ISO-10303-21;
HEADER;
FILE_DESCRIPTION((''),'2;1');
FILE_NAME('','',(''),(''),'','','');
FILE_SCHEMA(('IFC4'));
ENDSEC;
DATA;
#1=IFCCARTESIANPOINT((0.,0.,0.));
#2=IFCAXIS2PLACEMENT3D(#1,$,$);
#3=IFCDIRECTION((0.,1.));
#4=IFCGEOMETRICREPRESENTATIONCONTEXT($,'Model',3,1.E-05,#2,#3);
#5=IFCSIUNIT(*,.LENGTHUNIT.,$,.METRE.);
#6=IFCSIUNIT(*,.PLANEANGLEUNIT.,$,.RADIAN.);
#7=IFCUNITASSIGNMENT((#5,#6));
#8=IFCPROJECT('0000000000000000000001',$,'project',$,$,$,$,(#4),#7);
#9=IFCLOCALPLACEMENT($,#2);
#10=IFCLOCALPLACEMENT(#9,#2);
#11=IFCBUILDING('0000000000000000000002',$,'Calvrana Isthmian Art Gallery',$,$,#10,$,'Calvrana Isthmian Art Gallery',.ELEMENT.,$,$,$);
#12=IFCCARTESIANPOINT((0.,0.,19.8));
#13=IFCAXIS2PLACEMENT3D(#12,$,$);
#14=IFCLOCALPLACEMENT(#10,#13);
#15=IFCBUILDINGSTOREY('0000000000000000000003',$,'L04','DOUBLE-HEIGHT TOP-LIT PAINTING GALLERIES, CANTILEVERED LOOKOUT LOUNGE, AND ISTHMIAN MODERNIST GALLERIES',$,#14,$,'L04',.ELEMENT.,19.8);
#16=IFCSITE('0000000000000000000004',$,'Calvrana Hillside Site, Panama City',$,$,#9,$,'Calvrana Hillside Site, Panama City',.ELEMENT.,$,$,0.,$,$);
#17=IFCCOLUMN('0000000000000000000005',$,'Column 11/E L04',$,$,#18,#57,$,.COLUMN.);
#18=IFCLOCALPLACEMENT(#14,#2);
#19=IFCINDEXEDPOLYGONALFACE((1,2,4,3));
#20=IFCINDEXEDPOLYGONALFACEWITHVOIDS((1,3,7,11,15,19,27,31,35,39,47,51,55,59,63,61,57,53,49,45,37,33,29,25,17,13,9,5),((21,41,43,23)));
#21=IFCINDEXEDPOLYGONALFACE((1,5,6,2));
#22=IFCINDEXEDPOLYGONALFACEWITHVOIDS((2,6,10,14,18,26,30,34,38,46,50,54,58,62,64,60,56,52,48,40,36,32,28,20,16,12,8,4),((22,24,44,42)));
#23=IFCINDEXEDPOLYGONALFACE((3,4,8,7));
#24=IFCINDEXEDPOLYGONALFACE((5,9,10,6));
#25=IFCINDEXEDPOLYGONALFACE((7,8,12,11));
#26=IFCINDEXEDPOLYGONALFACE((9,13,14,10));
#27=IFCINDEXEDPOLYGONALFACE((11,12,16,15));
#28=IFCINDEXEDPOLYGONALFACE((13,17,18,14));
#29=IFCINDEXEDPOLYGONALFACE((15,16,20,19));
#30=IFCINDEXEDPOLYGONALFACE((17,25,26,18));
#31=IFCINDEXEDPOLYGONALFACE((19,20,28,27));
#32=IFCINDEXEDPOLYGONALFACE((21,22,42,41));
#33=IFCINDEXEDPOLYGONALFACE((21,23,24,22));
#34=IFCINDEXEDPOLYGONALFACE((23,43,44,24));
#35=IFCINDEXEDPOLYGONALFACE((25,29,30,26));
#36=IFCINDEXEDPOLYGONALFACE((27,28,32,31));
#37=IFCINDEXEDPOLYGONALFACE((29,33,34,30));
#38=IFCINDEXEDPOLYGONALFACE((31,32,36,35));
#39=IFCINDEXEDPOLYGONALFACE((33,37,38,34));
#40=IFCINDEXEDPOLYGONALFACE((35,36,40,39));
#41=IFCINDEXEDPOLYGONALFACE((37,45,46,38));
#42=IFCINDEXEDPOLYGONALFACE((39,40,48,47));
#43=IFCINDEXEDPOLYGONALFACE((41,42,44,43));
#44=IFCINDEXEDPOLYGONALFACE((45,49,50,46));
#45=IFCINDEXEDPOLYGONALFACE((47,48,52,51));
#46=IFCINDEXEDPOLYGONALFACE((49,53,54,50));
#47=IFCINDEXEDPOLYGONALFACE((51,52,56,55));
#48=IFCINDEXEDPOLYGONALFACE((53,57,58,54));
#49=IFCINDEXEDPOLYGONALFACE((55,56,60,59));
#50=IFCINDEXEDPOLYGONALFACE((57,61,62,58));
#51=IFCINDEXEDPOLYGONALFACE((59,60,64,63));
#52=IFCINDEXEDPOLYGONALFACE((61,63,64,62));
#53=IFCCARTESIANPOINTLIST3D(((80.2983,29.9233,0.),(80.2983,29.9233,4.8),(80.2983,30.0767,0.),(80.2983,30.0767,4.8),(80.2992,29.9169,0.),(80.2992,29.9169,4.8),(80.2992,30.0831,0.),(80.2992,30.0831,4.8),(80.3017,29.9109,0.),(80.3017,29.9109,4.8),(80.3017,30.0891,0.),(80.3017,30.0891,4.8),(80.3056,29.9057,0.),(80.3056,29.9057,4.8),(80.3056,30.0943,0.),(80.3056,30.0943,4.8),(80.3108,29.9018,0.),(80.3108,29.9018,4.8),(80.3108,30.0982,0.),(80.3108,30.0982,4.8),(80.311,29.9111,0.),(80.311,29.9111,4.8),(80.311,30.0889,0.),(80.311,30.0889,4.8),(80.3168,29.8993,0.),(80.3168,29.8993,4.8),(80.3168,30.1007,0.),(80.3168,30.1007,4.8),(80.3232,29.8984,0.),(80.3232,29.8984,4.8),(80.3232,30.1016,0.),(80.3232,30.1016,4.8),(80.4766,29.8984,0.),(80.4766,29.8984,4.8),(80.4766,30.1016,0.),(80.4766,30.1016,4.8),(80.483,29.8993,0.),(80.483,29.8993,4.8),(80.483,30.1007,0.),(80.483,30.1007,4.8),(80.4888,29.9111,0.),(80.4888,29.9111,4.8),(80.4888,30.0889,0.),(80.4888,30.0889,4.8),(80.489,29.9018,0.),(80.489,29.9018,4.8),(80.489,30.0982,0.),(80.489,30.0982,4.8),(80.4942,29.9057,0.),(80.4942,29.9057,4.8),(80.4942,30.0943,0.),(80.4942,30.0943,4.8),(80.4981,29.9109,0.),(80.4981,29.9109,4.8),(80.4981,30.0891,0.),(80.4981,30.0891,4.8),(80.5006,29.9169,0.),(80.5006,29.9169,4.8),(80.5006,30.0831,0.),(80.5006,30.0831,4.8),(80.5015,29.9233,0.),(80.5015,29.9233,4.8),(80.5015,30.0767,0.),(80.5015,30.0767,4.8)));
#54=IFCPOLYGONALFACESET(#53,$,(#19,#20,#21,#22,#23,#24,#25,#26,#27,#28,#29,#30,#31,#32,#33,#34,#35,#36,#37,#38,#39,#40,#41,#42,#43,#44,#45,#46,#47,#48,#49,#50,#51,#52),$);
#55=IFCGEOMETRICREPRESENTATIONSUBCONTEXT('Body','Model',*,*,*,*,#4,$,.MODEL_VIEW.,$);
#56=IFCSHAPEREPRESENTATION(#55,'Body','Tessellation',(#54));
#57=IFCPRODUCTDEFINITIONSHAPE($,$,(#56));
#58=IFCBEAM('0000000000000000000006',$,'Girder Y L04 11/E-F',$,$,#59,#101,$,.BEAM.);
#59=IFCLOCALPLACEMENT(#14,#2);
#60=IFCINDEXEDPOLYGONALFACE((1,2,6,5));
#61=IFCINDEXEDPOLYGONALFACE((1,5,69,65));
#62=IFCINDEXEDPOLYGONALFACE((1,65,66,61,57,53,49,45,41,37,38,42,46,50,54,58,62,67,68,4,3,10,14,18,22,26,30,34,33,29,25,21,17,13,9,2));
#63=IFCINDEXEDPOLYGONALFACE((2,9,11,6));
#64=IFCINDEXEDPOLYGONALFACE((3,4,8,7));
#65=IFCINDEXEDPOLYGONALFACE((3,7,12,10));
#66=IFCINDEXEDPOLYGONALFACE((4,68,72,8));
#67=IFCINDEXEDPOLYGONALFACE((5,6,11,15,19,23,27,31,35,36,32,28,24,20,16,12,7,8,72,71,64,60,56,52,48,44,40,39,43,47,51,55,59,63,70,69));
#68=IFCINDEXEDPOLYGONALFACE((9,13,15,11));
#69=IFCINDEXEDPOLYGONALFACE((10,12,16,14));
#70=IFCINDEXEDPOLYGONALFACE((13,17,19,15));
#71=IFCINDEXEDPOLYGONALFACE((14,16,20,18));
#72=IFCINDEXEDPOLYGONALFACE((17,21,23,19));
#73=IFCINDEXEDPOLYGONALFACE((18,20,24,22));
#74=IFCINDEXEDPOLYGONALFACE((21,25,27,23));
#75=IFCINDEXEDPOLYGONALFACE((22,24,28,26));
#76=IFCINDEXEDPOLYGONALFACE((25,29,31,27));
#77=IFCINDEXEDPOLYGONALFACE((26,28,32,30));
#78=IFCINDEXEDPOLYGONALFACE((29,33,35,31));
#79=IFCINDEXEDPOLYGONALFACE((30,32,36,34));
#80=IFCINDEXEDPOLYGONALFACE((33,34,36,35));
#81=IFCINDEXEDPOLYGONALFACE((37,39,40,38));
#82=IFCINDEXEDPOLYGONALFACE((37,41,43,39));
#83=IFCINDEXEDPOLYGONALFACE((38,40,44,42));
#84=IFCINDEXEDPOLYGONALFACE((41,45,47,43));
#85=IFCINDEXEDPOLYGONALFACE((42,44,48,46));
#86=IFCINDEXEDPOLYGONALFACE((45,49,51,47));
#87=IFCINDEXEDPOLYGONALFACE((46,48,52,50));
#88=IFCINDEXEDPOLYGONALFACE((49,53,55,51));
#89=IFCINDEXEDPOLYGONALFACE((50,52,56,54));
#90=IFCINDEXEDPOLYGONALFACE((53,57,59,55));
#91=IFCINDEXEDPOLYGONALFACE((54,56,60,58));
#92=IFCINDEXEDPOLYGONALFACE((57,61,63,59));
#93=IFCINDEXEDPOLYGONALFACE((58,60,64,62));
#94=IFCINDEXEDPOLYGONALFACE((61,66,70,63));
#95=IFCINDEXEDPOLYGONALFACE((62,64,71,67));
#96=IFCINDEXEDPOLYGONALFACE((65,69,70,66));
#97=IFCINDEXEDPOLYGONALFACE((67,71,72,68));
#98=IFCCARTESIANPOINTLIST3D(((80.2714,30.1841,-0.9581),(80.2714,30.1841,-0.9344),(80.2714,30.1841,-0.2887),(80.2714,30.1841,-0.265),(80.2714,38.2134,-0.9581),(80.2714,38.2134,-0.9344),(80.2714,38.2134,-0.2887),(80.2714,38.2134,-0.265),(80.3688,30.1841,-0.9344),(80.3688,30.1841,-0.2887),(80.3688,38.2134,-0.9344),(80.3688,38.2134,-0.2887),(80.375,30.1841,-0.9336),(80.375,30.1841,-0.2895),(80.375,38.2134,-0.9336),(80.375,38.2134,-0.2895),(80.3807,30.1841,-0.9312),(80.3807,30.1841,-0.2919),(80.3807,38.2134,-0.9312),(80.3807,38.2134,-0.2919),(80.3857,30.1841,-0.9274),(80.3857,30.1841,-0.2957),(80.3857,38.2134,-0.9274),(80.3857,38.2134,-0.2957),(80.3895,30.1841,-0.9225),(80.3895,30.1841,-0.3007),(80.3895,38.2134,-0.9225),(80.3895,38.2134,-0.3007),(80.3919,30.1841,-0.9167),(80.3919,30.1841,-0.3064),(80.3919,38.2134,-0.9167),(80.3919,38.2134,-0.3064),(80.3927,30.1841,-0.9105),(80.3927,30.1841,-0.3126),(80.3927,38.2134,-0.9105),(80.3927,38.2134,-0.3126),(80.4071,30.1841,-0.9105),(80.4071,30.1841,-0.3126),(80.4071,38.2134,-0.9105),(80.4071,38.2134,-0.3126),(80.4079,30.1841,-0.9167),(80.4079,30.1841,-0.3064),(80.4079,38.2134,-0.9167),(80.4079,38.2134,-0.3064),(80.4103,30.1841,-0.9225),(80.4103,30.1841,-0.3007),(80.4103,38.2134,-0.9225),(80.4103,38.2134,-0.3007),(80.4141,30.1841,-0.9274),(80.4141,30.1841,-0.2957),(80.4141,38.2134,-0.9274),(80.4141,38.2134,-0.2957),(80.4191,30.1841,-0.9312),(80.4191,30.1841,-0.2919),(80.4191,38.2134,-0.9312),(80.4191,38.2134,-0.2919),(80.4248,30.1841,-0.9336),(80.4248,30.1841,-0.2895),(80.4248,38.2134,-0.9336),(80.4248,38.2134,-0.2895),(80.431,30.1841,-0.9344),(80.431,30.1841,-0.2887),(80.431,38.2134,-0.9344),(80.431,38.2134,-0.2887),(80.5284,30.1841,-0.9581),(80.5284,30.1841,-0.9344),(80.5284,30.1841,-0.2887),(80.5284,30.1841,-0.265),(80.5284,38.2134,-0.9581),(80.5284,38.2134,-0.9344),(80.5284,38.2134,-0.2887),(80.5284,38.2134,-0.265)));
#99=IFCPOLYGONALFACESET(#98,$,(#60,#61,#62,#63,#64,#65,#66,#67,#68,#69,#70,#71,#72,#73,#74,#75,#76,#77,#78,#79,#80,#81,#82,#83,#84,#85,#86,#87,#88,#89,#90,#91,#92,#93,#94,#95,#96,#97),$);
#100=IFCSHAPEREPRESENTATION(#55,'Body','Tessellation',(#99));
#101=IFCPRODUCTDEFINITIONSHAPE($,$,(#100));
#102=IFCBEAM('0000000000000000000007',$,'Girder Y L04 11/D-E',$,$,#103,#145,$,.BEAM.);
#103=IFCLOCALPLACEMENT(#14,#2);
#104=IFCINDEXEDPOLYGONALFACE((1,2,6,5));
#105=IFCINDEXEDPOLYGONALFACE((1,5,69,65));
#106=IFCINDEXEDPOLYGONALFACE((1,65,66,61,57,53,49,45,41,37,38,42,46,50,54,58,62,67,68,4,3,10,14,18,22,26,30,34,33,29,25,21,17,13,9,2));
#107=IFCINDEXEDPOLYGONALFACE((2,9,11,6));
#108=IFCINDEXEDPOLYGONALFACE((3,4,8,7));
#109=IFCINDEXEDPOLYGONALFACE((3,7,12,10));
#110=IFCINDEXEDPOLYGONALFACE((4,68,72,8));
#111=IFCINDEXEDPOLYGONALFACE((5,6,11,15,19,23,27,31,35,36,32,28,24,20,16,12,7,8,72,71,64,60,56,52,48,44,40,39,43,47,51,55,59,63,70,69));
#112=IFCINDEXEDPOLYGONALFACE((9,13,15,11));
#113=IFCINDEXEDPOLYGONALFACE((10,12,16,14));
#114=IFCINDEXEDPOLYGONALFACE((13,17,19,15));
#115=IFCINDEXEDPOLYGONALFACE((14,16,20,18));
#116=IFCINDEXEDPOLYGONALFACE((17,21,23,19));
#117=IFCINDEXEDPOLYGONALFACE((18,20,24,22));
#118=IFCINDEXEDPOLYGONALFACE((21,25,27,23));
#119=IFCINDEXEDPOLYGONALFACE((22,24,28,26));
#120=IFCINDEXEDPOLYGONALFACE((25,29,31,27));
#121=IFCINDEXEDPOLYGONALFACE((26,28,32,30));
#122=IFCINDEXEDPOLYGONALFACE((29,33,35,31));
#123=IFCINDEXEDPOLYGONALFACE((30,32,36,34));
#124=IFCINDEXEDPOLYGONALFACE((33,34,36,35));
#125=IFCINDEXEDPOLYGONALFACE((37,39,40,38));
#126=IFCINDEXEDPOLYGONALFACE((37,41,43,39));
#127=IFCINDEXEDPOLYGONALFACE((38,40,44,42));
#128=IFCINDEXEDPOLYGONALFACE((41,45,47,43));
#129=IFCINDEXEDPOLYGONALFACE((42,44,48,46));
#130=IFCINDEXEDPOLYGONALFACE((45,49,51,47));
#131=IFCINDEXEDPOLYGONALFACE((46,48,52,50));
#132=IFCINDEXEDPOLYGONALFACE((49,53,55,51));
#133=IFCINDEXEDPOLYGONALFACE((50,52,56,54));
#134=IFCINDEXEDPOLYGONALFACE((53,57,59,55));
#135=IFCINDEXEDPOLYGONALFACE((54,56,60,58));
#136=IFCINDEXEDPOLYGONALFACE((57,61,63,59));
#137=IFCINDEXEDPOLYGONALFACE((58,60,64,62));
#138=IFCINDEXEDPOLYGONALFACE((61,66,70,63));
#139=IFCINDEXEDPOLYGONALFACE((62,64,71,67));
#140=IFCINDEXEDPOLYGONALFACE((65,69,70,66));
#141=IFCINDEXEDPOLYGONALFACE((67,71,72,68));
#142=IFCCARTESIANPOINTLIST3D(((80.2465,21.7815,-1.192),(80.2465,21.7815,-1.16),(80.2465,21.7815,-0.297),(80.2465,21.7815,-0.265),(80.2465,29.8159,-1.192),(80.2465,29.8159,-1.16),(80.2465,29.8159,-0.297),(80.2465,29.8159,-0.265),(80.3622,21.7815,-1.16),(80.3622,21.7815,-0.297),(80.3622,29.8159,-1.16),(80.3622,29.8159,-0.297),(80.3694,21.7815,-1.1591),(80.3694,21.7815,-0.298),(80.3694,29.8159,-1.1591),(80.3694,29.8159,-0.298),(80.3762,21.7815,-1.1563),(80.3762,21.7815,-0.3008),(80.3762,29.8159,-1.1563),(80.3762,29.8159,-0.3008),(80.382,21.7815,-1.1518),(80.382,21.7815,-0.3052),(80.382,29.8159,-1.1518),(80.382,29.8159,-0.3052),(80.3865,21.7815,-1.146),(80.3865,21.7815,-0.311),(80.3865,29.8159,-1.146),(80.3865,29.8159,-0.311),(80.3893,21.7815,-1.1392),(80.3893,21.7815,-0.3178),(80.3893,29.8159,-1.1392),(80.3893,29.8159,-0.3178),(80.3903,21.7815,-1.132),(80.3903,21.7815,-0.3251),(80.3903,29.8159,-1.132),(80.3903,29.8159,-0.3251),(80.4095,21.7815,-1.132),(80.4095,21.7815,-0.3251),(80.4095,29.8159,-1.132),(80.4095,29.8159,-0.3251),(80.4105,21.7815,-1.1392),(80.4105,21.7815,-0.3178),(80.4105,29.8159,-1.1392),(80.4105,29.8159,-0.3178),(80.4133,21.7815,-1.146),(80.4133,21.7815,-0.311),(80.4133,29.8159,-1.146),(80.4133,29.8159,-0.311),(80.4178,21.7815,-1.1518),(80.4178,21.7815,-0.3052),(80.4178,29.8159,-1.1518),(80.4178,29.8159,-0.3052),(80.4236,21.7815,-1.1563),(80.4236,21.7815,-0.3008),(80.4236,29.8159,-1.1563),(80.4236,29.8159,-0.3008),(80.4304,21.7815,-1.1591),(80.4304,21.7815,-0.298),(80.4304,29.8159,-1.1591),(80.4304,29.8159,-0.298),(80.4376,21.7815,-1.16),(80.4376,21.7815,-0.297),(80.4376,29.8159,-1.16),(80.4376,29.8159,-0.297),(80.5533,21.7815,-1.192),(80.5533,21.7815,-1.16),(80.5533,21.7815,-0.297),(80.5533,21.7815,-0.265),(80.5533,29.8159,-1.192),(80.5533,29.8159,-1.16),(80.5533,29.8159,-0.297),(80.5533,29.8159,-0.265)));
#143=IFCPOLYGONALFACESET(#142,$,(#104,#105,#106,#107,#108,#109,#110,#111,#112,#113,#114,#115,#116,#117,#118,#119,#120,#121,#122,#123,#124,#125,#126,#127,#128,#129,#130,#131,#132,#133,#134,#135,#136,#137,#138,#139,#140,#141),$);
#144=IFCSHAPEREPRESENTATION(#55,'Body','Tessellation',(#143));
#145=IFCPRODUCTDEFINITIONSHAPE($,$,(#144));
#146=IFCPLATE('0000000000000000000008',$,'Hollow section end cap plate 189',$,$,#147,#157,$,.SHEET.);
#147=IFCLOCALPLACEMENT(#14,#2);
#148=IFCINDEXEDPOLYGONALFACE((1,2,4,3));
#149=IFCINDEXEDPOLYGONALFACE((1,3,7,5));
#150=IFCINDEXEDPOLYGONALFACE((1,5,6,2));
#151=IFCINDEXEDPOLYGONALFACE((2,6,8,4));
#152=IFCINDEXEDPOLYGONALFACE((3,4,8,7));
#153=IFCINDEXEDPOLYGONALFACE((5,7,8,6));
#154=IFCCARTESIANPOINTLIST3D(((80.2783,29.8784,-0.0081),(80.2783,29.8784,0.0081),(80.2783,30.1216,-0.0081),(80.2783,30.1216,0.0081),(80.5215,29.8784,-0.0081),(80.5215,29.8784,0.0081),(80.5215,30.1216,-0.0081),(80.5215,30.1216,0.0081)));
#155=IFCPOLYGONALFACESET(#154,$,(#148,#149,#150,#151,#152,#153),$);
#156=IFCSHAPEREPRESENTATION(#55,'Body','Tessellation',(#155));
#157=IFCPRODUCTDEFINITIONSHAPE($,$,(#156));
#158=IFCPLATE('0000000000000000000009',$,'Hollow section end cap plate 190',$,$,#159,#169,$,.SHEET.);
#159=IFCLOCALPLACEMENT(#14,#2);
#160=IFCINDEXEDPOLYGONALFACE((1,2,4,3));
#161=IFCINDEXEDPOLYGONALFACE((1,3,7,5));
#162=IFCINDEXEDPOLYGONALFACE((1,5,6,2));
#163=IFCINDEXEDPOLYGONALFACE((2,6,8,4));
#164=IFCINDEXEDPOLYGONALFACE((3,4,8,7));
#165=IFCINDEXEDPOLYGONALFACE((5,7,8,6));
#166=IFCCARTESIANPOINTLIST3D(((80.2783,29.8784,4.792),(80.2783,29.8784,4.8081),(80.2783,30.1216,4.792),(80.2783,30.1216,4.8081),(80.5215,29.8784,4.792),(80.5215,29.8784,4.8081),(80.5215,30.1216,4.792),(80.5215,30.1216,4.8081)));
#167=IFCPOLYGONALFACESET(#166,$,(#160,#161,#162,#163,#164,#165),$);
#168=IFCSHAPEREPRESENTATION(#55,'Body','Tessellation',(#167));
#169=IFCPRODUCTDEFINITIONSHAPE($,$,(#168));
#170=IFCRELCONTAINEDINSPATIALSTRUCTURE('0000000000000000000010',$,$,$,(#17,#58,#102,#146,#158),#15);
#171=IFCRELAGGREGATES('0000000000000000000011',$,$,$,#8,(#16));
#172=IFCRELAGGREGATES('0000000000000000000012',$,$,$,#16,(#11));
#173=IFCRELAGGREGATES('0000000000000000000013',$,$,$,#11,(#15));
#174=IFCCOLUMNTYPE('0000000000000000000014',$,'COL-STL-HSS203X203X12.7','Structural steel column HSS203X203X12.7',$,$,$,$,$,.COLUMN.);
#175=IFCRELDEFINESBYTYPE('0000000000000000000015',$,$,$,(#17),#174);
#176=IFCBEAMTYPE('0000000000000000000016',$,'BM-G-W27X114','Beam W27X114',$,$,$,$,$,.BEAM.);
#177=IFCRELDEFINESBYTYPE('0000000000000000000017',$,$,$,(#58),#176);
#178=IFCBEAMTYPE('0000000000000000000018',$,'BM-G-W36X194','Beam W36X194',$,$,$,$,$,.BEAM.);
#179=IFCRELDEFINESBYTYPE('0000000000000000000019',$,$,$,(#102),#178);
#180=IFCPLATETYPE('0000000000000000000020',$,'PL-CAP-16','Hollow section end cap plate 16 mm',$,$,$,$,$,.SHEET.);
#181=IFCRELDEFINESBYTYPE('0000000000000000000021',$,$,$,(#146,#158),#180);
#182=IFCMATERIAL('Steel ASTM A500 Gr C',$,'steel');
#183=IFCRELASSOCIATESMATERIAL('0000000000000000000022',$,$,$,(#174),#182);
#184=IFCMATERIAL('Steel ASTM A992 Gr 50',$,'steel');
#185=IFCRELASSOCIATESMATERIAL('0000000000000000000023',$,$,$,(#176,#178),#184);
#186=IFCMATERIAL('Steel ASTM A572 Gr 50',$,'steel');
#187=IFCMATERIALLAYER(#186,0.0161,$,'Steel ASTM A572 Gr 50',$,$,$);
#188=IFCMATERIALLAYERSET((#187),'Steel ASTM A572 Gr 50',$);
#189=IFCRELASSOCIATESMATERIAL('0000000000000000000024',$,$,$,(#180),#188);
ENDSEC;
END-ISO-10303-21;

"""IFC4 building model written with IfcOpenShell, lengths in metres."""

from ifc_helpers import new_model, si_unit, direction, frame, origin, origin_2d, place, context, subcontext, project, spatial, rectangle, hollow_rectangle, i_section, extrude, material, layer, layer_set, material_profile, profile_set, type_object, element, save


model = new_model("IFC4")

# Units and contexts
model_context = context("Model", 3, precision=1e-05, world=origin(), true_north=direction((0.0, 1.0)))
body_context = subcontext(model_context, "Body", "Model", "MODEL_VIEW")
ifc_project = project(units=[si_unit("LENGTHUNIT", "METRE"), si_unit("PLANEANGLEUNIT", "RADIAN")], contexts=[model_context])

# Site, building, storey
site_placement = place(None, origin())
site = spatial("IfcSite", under=ifc_project, at=site_placement, Name="Calvrana Hillside Site, Panama City", LongName="Calvrana Hillside Site, Panama City", CompositionType="ELEMENT", RefElevation=0.0)
building_placement = place(site_placement, origin())
building = spatial("IfcBuilding", under=site, at=building_placement, Name="Calvrana Isthmian Art Gallery", LongName="Calvrana Isthmian Art Gallery", CompositionType="ELEMENT")
storey_placement = place(building_placement, frame((0.0, 0.0, 19.8)))
storey = spatial("IfcBuildingStorey", under=building, at=storey_placement, Name="L04", Description="DOUBLE-HEIGHT TOP-LIT PAINTING GALLERIES, CANTILEVERED LOOKOUT LOUNGE, AND ISTHMIAN MODERNIST GALLERIES", LongName="L04", CompositionType="ELEMENT", Elevation=19.8)

# Column
ifc_material_1 = material(Name="Steel ASTM A500 Gr C", Category="steel")
ifc_material_profile_1 = material_profile(ifc_material_1, hollow_rectangle(XDim=0.2031, YDim=0.2031, WallThickness=0.0127, OuterFilletRadius=0.0249, at=origin_2d()), Name="HSS203X203X12.7")
ifc_profile_set_1 = profile_set([ifc_material_profile_1], Name="Steel ASTM A500 Gr C")
column_type = type_object("IfcColumnType", Name="COL-STL-HSS203X203X12.7", Description="Structural steel column HSS203X203X12.7", PredefinedType="COLUMN", material=ifc_profile_set_1)
column_placement = place(storey_placement, frame((80.3999, 30.0, 0.0), z_axis=(0.0, 0.0, 1.0), x_axis=(1.0, 0.0, 0.0)))
element("IfcColumn", 1, at=column_placement, inside=storey, type_object=column_type, Name="Column 11/E L04", PredefinedType="COLUMN", context=body_context, shape_type="SweptSolid", body=[
    extrude(hollow_rectangle(XDim=0.2031, YDim=0.2031, WallThickness=0.0127, OuterFilletRadius=0.0249, at=origin_2d()), origin(), (0.0, 0.0, 1.0), 4.8),
])

# Beams
ifc_material_2 = material(Name="Steel ASTM A992 Gr 50", Category="steel")
ifc_material_profile_2 = material_profile(ifc_material_2, i_section(OverallWidth=0.2571, OverallDepth=0.6931, WebThickness=0.0144, FlangeThickness=0.0237, FilletRadius=0.0239, at=origin_2d()), Name="W27X114")
ifc_profile_set_2 = profile_set([ifc_material_profile_2], Name="Steel ASTM A992 Gr 50")
beam_type_1 = type_object("IfcBeamType", Name="BM-G-W27X114", Description="Beam W27X114", PredefinedType="BEAM", material=ifc_profile_set_2)
beam_1_placement = place(storey_placement, frame((80.3999, 30.1841, -0.6116), z_axis=(0.0, 1.0, 0.0), x_axis=(-1.0, 0.0, 0.0)))
element("IfcBeam", 2, at=beam_1_placement, inside=storey, type_object=beam_type_1, Name="Girder Y L04 11/E-F", PredefinedType="BEAM", context=body_context, shape_type="SweptSolid", body=[
    extrude(i_section(OverallWidth=0.2571, OverallDepth=0.6931, WebThickness=0.0144, FlangeThickness=0.0237, FilletRadius=0.0239, at=origin_2d()), origin(), (0.0, 0.0, 1.0), 8.0293),
])
ifc_material_profile_3 = material_profile(ifc_material_2, i_section(OverallWidth=0.3069, OverallDepth=0.927, WebThickness=0.0193, FlangeThickness=0.032, FilletRadius=0.0281, at=origin_2d()), Name="W36X194")
ifc_profile_set_3 = profile_set([ifc_material_profile_3], Name="Steel ASTM A992 Gr 50")
beam_type_2 = type_object("IfcBeamType", Name="BM-G-W36X194", Description="Beam W36X194", PredefinedType="BEAM", material=ifc_profile_set_3)
beam_2_placement = place(storey_placement, frame((80.3999, 21.7815, -0.7285), z_axis=(0.0, 1.0, 0.0), x_axis=(-1.0, 0.0, 0.0)))
element("IfcBeam", 3, at=beam_2_placement, inside=storey, type_object=beam_type_2, Name="Girder Y L04 11/D-E", PredefinedType="BEAM", context=body_context, shape_type="SweptSolid", body=[
    extrude(i_section(OverallWidth=0.3069, OverallDepth=0.927, WebThickness=0.0193, FlangeThickness=0.032, FilletRadius=0.0281, at=origin_2d()), origin(), (0.0, 0.0, 1.0), 8.0344),
])

# Plates
ifc_material_3 = material(Name="Steel ASTM A572 Gr 50", Category="steel")
ifc_layer_1 = layer(ifc_material_3, 0.0161, Name="Steel ASTM A572 Gr 50")
ifc_layer_set_1 = layer_set([ifc_layer_1], Name="Steel ASTM A572 Gr 50")
plate_type = type_object("IfcPlateType", Name="PL-CAP-16", Description="Hollow section end cap plate 16 mm", PredefinedType="SHEET", material=ifc_layer_set_1)
for number, where, z_axis, x_axis, name in (
    (4, (80.3999, 30.0, -0.0081), (0.0, 0.0, 1.0), (1.0, 0.0, 0.0), "Hollow section end cap plate 189"),
    (5, (80.3999, 30.0, 4.792), (0.0, 0.0, 1.0), (1.0, 0.0, 0.0), "Hollow section end cap plate 190"),
):
    element("IfcPlate", number, at=place(storey_placement, frame(where, z_axis=z_axis, x_axis=x_axis)), inside=storey, type_object=plate_type, Name=name, PredefinedType="SHEET", context=body_context, shape_type="SweptSolid", body=[
        extrude(rectangle(XDim=0.2432, YDim=0.2432, at=origin_2d()), origin(), (0.0, 0.0, 1.0), 0.0161),
    ])

save(model, "model.ifc")
